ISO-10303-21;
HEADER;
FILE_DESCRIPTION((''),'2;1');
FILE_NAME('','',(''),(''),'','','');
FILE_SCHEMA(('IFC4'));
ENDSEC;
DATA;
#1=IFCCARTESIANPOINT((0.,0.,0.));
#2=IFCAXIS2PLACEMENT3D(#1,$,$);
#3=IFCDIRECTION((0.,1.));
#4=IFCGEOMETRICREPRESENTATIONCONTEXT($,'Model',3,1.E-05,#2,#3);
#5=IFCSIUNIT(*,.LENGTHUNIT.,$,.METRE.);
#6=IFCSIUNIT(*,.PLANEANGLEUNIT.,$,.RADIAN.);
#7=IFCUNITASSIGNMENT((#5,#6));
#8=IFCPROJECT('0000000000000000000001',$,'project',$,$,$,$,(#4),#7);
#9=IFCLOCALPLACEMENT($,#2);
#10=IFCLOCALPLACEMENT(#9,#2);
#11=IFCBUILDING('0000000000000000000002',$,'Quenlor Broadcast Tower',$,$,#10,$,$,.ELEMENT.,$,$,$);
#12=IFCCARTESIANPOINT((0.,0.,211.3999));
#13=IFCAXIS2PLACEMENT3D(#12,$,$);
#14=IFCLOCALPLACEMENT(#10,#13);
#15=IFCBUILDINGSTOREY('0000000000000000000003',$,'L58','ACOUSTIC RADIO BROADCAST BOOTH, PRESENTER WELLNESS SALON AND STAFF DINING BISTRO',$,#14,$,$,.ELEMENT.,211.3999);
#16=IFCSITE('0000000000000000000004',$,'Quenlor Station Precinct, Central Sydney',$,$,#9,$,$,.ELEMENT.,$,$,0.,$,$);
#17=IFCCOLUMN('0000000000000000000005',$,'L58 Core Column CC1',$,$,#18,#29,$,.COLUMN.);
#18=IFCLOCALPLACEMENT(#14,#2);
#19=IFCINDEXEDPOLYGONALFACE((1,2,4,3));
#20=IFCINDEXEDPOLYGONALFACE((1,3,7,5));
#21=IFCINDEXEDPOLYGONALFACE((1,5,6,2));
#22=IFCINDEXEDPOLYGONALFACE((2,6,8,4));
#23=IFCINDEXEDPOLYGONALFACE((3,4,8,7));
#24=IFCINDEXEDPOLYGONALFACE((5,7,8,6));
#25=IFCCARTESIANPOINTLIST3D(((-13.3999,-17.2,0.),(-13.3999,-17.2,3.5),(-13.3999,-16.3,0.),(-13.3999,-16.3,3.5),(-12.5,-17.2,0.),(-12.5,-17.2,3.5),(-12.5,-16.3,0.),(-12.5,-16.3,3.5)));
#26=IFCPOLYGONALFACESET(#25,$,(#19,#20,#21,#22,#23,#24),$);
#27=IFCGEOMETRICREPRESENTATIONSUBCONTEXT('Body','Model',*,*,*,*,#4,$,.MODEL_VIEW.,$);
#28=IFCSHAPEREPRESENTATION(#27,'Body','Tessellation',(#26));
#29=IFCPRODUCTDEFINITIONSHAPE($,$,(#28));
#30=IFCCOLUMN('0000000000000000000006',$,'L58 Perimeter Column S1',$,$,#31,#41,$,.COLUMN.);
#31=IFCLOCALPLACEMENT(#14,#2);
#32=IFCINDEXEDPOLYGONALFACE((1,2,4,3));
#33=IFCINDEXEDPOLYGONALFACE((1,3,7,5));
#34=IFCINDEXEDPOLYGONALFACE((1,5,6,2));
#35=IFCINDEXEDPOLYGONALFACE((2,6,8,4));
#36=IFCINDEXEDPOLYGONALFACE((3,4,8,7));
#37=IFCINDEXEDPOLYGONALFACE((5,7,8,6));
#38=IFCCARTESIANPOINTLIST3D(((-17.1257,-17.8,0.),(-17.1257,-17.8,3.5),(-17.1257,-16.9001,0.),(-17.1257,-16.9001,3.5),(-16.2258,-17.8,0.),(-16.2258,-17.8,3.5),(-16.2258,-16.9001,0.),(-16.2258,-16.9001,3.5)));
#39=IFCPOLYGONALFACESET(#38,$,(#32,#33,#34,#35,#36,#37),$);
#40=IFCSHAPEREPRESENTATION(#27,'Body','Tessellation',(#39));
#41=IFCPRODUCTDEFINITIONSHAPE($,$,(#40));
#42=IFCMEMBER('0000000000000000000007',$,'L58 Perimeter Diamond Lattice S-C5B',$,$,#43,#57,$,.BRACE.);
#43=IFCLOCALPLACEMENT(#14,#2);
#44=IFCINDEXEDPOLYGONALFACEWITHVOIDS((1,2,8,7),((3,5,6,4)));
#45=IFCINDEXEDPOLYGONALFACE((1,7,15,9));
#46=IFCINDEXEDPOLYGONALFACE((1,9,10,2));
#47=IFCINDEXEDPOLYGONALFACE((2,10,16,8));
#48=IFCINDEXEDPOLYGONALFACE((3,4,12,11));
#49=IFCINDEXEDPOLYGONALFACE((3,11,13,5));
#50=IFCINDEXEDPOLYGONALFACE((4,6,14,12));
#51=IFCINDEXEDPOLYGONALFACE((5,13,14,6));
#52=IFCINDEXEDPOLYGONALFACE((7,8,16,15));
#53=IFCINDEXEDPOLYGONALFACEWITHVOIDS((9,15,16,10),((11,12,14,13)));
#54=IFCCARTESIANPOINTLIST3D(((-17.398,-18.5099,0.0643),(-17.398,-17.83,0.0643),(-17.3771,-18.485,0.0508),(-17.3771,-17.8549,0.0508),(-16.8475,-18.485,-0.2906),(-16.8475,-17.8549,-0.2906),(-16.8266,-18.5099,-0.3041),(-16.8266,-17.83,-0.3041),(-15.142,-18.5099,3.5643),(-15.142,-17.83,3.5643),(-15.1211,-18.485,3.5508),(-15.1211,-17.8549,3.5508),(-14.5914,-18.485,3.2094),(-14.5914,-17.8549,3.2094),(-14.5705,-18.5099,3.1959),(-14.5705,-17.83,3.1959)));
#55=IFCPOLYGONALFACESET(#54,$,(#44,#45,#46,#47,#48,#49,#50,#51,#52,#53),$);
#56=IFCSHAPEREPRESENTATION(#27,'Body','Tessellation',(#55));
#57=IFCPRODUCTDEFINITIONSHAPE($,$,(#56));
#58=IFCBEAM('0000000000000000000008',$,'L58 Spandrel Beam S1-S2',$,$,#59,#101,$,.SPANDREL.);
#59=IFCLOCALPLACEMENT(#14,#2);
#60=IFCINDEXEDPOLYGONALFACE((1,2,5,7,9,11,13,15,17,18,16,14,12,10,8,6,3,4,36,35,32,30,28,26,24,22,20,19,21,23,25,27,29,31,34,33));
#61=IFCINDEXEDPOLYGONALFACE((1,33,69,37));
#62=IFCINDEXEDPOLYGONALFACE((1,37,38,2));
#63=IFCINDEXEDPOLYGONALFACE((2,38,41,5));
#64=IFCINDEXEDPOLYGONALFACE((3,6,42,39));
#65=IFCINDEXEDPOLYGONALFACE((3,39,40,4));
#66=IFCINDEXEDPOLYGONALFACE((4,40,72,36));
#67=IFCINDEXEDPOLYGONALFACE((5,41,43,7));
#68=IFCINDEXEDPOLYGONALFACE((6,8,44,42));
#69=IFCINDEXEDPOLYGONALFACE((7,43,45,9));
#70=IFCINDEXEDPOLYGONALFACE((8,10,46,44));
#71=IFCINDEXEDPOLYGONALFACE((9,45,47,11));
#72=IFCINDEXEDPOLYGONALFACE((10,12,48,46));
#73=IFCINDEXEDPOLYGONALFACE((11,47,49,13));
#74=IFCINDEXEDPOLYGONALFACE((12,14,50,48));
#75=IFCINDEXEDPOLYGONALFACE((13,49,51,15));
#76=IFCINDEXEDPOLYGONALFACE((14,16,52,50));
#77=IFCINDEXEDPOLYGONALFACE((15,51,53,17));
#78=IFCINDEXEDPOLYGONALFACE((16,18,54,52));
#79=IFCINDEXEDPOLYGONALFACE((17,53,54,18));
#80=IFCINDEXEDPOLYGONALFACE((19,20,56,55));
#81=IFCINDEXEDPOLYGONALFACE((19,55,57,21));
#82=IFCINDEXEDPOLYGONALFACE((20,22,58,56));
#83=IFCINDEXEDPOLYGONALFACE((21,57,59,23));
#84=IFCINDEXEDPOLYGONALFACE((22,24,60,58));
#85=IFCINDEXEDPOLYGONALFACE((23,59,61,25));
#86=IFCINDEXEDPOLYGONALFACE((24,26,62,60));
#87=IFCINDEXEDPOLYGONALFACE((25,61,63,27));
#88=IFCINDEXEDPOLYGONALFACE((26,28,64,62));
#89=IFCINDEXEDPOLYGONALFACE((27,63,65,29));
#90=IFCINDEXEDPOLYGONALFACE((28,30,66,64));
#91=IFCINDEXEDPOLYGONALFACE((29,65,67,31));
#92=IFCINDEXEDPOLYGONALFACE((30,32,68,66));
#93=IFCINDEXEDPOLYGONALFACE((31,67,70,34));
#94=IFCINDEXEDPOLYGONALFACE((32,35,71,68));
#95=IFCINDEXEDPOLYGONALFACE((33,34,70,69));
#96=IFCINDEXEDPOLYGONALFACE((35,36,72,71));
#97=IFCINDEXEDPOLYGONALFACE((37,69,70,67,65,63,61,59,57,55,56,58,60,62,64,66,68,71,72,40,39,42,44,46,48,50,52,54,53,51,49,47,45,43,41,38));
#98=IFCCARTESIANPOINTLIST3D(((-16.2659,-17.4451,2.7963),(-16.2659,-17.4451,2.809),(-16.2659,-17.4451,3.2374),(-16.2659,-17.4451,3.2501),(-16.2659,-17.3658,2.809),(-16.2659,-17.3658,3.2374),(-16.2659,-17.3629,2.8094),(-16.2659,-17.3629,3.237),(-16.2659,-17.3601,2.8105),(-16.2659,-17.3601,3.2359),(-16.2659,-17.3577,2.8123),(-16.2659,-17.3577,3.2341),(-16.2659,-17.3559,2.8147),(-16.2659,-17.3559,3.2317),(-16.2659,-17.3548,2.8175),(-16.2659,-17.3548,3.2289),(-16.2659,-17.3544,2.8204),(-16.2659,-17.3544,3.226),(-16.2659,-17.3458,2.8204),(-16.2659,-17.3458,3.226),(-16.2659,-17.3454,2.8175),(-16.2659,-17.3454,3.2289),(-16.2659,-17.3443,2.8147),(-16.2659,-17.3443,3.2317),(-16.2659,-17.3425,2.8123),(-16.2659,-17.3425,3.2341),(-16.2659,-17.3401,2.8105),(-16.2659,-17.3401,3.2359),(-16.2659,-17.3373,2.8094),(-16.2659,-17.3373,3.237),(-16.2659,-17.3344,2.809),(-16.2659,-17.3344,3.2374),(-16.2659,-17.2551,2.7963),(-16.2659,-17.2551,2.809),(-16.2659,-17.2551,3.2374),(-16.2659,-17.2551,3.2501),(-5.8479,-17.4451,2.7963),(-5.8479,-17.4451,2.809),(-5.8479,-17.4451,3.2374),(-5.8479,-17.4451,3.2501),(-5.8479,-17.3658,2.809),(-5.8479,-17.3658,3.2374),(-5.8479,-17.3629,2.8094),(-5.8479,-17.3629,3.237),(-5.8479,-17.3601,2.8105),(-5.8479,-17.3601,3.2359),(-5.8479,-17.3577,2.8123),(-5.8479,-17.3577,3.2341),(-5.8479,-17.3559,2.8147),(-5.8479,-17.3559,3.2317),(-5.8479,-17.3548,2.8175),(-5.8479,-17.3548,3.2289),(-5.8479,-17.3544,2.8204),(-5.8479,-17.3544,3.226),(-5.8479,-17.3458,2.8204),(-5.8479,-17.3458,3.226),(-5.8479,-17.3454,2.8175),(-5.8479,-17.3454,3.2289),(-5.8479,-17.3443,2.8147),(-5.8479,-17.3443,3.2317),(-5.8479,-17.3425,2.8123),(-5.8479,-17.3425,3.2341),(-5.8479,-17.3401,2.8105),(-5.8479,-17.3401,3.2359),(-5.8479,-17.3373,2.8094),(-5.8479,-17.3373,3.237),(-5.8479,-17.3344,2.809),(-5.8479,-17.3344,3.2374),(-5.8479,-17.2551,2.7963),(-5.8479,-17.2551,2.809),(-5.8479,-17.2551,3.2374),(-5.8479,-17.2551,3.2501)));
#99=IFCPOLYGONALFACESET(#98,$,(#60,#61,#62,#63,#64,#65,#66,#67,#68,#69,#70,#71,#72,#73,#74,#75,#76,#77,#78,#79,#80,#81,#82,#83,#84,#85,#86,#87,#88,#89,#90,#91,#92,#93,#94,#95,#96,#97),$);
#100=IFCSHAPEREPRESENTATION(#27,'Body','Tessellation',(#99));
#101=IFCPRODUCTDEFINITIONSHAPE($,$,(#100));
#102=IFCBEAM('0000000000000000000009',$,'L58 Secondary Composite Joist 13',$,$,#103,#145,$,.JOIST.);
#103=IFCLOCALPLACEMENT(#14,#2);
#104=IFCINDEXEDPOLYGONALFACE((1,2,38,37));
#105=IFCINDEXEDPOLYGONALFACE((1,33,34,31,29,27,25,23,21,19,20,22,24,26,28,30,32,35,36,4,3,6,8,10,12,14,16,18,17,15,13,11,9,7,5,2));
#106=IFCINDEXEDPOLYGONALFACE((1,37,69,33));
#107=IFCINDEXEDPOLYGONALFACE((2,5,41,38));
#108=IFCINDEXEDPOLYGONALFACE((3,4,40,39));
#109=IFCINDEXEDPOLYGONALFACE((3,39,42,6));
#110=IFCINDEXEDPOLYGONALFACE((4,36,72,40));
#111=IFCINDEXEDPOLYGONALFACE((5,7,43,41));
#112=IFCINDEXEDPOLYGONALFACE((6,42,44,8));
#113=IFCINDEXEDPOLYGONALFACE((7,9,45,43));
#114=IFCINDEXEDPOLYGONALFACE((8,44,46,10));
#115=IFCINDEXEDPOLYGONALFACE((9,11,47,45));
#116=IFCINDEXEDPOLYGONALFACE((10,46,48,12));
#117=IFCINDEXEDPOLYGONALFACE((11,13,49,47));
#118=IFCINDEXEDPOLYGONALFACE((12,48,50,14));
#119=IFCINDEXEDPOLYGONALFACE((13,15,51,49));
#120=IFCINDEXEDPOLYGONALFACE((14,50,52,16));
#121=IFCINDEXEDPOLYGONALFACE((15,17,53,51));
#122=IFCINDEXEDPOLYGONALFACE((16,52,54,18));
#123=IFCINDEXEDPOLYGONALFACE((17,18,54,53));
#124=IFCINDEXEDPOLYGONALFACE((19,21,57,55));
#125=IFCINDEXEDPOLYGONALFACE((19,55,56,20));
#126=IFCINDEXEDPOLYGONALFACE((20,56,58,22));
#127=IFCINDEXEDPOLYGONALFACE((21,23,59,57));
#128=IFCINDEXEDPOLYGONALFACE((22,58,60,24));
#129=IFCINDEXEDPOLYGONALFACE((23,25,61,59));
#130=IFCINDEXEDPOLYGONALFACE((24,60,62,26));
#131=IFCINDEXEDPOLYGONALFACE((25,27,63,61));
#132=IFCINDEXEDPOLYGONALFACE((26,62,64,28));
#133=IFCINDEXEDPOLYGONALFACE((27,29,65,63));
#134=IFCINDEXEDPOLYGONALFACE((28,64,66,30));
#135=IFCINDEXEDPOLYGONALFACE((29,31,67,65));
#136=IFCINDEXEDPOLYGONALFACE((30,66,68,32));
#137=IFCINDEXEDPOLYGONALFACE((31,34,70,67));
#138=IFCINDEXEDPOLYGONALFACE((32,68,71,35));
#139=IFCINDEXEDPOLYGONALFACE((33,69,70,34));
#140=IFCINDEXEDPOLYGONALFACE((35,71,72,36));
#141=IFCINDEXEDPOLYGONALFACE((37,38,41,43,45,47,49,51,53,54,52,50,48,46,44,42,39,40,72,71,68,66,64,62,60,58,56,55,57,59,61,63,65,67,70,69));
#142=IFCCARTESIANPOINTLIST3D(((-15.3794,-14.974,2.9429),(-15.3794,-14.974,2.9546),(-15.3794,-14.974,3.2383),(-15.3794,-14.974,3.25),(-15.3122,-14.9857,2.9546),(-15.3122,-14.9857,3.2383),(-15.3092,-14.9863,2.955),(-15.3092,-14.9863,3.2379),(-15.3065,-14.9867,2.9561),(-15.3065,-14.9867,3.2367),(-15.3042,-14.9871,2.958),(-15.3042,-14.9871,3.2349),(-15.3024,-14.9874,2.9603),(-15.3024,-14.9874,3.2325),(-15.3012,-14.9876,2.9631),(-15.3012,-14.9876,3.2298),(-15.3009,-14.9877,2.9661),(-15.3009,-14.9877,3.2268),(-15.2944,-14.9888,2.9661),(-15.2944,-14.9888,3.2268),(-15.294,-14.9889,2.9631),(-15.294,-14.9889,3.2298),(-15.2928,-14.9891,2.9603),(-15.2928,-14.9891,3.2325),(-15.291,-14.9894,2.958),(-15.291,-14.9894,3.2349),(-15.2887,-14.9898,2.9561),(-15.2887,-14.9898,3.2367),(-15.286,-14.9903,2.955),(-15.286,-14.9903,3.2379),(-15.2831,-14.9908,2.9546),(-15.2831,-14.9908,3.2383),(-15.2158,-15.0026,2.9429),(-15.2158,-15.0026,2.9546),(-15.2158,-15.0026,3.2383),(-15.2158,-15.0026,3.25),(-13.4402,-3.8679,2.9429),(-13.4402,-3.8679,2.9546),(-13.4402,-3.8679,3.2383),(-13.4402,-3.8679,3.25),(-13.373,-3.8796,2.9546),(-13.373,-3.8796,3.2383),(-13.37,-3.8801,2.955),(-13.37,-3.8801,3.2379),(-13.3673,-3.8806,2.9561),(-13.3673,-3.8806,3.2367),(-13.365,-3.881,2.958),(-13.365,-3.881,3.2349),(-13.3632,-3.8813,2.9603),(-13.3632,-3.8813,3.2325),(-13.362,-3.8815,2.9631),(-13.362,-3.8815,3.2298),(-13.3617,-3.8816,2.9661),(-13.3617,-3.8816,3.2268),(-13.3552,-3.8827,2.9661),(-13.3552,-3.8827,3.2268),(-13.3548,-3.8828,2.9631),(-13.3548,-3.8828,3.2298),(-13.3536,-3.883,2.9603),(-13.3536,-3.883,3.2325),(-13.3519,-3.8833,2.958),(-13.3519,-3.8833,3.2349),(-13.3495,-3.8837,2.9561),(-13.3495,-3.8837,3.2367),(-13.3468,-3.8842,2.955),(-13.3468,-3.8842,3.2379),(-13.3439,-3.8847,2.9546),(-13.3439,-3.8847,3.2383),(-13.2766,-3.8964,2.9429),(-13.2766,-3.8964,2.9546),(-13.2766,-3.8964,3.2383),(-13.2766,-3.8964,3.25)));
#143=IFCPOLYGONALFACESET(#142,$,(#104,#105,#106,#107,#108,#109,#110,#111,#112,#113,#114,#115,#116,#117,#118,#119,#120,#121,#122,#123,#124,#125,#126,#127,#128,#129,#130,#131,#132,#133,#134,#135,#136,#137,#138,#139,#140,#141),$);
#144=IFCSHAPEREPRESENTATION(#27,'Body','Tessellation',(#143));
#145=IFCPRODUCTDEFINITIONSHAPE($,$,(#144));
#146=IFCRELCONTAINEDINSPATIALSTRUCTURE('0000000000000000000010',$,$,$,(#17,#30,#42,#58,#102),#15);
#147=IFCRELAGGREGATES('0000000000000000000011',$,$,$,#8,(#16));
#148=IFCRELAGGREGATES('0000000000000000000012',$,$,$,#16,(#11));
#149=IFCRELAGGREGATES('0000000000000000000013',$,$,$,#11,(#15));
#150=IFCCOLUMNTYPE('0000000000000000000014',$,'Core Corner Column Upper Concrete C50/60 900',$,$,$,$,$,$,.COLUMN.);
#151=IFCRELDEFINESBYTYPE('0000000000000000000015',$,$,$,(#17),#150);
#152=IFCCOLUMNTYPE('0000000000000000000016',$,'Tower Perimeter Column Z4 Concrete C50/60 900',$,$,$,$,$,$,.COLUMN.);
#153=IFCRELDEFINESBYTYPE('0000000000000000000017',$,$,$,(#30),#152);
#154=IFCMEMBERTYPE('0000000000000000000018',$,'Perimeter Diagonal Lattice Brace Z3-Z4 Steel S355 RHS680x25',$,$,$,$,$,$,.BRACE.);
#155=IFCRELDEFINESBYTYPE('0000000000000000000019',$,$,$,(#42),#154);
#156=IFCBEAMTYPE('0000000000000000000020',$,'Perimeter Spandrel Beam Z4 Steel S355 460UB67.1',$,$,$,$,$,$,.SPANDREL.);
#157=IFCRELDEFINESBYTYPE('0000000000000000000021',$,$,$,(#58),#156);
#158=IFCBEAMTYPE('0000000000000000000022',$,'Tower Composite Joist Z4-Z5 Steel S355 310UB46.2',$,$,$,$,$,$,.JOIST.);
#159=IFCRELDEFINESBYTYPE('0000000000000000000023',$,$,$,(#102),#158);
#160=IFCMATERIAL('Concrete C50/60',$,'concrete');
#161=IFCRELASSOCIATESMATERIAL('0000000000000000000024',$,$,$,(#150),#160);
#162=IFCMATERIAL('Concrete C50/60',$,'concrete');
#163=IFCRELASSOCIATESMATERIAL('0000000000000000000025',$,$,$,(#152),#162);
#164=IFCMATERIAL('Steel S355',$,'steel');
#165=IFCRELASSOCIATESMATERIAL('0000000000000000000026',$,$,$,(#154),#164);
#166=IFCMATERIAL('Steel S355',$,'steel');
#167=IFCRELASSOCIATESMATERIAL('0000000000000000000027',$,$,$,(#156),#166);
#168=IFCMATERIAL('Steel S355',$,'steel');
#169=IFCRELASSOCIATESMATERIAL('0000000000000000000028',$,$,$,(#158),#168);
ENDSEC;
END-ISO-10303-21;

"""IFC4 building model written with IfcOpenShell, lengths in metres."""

from ifc_helpers import new_model, si_unit, direction, frame, origin, origin_2d, place, context, subcontext, project, spatial, rectangle, hollow_rectangle, i_section, extrude, material, material_profile, profile_set, type_object, element, save


model = new_model("IFC4")

# Units and contexts
model_context = context("Model", 3, precision=1e-05, world=origin(), true_north=direction((0.0, 1.0)))
body_context = subcontext(model_context, "Body", "Model", "MODEL_VIEW")
ifc_project = project(units=[si_unit("LENGTHUNIT", "METRE"), si_unit("PLANEANGLEUNIT", "RADIAN")], contexts=[model_context])

# Site, building, storey
site_placement = place(None, origin())
site = spatial("IfcSite", under=ifc_project, at=site_placement, Name="Quenlor Station Precinct, Central Sydney", CompositionType="ELEMENT", RefElevation=0.0)
building_placement = place(site_placement, origin())
building = spatial("IfcBuilding", under=site, at=building_placement, Name="Quenlor Broadcast Tower", CompositionType="ELEMENT")
storey_placement = place(building_placement, frame((0.0, 0.0, 211.3999)))
storey = spatial("IfcBuildingStorey", under=building, at=storey_placement, Name="L58", Description="ACOUSTIC RADIO BROADCAST BOOTH, PRESENTER WELLNESS SALON AND STAFF DINING BISTRO", CompositionType="ELEMENT", Elevation=211.3999)

# Columns
ifc_material_1 = material(Name="Concrete C50/60", Category="concrete")
ifc_material_profile_1 = material_profile(ifc_material_1, rectangle(XDim=0.8999, YDim=0.8999, at=origin_2d()))
ifc_profile_set_1 = profile_set([ifc_material_profile_1], Name="Concrete C50/60 RC900x900")
column_type_1 = type_object("IfcColumnType", Name="Core Corner Column Upper Concrete C50/60 900", PredefinedType="COLUMN", material=ifc_profile_set_1)
column_1_placement = place(storey_placement, frame((-12.95, -16.75, 0.0), z_axis=(0.0, 0.0, 1.0), x_axis=(1.0, 0.0, 0.0)))
element("IfcColumn", 1, at=column_1_placement, inside=storey, type_object=column_type_1, Name="L58 Core Column CC1", PredefinedType="COLUMN", context=body_context, shape_type="SweptSolid", body=[
    extrude(rectangle(XDim=0.8999, YDim=0.8999, at=origin_2d()), origin(), (0.0, 0.0, 1.0), 3.5),
])
ifc_material_2 = material(Name="Concrete C50/60", Category="concrete")
ifc_material_profile_2 = material_profile(ifc_material_2, rectangle(XDim=0.8999, YDim=0.8999, at=origin_2d()))
ifc_profile_set_2 = profile_set([ifc_material_profile_2], Name="Concrete C50/60 RC900x900")
column_type_2 = type_object("IfcColumnType", Name="Tower Perimeter Column Z4 Concrete C50/60 900", PredefinedType="COLUMN", material=ifc_profile_set_2)
column_2_placement = place(storey_placement, frame((-16.6758, -17.3501, 0.0), z_axis=(0.0, 0.0, 1.0), x_axis=(0.0, 1.0, 0.0)))
element("IfcColumn", 2, at=column_2_placement, inside=storey, type_object=column_type_2, Name="L58 Perimeter Column S1", PredefinedType="COLUMN", context=body_context, shape_type="SweptSolid", body=[
    extrude(rectangle(XDim=0.8999, YDim=0.8999, at=origin_2d()), origin(), (0.0, 0.0, 1.0), 3.5),
])

# Member
ifc_material_3 = material(Name="Steel S355", Category="steel")
ifc_material_profile_3 = material_profile(ifc_material_3, hollow_rectangle(XDim=0.6799, YDim=0.6799, WallThickness=0.0249, at=origin_2d()))
ifc_profile_set_3 = profile_set([ifc_material_profile_3], Name="Steel S355 RHS680x680x25")
member_type = type_object("IfcMemberType", Name="Perimeter Diagonal Lattice Brace Z3-Z4 Steel S355 RHS680x25", PredefinedType="BRACE", material=ifc_profile_set_3)
member_placement = place(storey_placement, frame((-17.1123, -18.1699, -0.1199), z_axis=(0.541794, 0.0, 0.840511), x_axis=(0.0, 1.0, 0.0)))
element("IfcMember", 3, at=member_placement, inside=storey, type_object=member_type, Name="L58 Perimeter Diamond Lattice S-C5B", PredefinedType="BRACE", context=body_context, shape_type="SweptSolid", body=[
    extrude(hollow_rectangle(XDim=0.6799, YDim=0.6799, WallThickness=0.0249, at=origin_2d()), origin(), (0.0, 0.0, 1.0), 4.1641),
])

# Beams
ifc_material_4 = material(Name="Steel S355", Category="steel")
ifc_material_profile_4 = material_profile(ifc_material_4, i_section(OverallWidth=0.1899, OverallDepth=0.4539, WebThickness=0.0085, FlangeThickness=0.0127, FilletRadius=0.0115, at=origin_2d()))
ifc_profile_set_4 = profile_set([ifc_material_profile_4], Name="Steel S355 460UB67.1")
beam_type_1 = type_object("IfcBeamType", Name="Perimeter Spandrel Beam Z4 Steel S355 460UB67.1", PredefinedType="SPANDREL", material=ifc_profile_set_4)
beam_1_placement = place(storey_placement, frame((-16.2659, -17.3501, 3.0232), z_axis=(1.0, 0.0, 0.0), x_axis=(0.0, 1.0, 0.0)))
element("IfcBeam", 4, at=beam_1_placement, inside=storey, type_object=beam_type_1, Name="L58 Spandrel Beam S1-S2", PredefinedType="SPANDREL", context=body_context, shape_type="SweptSolid", body=[
    extrude(i_section(OverallWidth=0.1899, OverallDepth=0.4539, WebThickness=0.0085, FlangeThickness=0.0127, FilletRadius=0.0115, at=origin_2d()), origin(), (0.0, 0.0, 1.0), 10.418),
])
ifc_material_5 = material(Name="Steel S355", Category="steel")
ifc_material_profile_5 = material_profile(ifc_material_5, i_section(OverallWidth=0.166, OverallDepth=0.3071, WebThickness=0.0066, FlangeThickness=0.0117, FilletRadius=0.0115, at=origin_2d()))
ifc_profile_set_5 = profile_set([ifc_material_profile_5], Name="Steel S355 310UB46.2")
beam_type_2 = type_object("IfcBeamType", Name="Tower Composite Joist Z4-Z5 Steel S355 310UB46.2", PredefinedType="JOIST", material=ifc_profile_set_5)
beam_2_placement = place(storey_placement, frame((-15.2976, -14.9883, 3.0964), z_axis=(0.172004, 0.985096, 0.0), x_axis=(-0.985096, 0.172004, 0.0)))
element("IfcBeam", 5, at=beam_2_placement, inside=storey, type_object=beam_type_2, Name="L58 Secondary Composite Joist 13", PredefinedType="JOIST", context=body_context, shape_type="SweptSolid", body=[
    extrude(i_section(OverallWidth=0.166, OverallDepth=0.3071, WebThickness=0.0066, FlangeThickness=0.0117, FilletRadius=0.0115, at=origin_2d()), origin(), (0.0, 0.0, 1.0), 11.2742),
])

save(model, "model.ifc")
